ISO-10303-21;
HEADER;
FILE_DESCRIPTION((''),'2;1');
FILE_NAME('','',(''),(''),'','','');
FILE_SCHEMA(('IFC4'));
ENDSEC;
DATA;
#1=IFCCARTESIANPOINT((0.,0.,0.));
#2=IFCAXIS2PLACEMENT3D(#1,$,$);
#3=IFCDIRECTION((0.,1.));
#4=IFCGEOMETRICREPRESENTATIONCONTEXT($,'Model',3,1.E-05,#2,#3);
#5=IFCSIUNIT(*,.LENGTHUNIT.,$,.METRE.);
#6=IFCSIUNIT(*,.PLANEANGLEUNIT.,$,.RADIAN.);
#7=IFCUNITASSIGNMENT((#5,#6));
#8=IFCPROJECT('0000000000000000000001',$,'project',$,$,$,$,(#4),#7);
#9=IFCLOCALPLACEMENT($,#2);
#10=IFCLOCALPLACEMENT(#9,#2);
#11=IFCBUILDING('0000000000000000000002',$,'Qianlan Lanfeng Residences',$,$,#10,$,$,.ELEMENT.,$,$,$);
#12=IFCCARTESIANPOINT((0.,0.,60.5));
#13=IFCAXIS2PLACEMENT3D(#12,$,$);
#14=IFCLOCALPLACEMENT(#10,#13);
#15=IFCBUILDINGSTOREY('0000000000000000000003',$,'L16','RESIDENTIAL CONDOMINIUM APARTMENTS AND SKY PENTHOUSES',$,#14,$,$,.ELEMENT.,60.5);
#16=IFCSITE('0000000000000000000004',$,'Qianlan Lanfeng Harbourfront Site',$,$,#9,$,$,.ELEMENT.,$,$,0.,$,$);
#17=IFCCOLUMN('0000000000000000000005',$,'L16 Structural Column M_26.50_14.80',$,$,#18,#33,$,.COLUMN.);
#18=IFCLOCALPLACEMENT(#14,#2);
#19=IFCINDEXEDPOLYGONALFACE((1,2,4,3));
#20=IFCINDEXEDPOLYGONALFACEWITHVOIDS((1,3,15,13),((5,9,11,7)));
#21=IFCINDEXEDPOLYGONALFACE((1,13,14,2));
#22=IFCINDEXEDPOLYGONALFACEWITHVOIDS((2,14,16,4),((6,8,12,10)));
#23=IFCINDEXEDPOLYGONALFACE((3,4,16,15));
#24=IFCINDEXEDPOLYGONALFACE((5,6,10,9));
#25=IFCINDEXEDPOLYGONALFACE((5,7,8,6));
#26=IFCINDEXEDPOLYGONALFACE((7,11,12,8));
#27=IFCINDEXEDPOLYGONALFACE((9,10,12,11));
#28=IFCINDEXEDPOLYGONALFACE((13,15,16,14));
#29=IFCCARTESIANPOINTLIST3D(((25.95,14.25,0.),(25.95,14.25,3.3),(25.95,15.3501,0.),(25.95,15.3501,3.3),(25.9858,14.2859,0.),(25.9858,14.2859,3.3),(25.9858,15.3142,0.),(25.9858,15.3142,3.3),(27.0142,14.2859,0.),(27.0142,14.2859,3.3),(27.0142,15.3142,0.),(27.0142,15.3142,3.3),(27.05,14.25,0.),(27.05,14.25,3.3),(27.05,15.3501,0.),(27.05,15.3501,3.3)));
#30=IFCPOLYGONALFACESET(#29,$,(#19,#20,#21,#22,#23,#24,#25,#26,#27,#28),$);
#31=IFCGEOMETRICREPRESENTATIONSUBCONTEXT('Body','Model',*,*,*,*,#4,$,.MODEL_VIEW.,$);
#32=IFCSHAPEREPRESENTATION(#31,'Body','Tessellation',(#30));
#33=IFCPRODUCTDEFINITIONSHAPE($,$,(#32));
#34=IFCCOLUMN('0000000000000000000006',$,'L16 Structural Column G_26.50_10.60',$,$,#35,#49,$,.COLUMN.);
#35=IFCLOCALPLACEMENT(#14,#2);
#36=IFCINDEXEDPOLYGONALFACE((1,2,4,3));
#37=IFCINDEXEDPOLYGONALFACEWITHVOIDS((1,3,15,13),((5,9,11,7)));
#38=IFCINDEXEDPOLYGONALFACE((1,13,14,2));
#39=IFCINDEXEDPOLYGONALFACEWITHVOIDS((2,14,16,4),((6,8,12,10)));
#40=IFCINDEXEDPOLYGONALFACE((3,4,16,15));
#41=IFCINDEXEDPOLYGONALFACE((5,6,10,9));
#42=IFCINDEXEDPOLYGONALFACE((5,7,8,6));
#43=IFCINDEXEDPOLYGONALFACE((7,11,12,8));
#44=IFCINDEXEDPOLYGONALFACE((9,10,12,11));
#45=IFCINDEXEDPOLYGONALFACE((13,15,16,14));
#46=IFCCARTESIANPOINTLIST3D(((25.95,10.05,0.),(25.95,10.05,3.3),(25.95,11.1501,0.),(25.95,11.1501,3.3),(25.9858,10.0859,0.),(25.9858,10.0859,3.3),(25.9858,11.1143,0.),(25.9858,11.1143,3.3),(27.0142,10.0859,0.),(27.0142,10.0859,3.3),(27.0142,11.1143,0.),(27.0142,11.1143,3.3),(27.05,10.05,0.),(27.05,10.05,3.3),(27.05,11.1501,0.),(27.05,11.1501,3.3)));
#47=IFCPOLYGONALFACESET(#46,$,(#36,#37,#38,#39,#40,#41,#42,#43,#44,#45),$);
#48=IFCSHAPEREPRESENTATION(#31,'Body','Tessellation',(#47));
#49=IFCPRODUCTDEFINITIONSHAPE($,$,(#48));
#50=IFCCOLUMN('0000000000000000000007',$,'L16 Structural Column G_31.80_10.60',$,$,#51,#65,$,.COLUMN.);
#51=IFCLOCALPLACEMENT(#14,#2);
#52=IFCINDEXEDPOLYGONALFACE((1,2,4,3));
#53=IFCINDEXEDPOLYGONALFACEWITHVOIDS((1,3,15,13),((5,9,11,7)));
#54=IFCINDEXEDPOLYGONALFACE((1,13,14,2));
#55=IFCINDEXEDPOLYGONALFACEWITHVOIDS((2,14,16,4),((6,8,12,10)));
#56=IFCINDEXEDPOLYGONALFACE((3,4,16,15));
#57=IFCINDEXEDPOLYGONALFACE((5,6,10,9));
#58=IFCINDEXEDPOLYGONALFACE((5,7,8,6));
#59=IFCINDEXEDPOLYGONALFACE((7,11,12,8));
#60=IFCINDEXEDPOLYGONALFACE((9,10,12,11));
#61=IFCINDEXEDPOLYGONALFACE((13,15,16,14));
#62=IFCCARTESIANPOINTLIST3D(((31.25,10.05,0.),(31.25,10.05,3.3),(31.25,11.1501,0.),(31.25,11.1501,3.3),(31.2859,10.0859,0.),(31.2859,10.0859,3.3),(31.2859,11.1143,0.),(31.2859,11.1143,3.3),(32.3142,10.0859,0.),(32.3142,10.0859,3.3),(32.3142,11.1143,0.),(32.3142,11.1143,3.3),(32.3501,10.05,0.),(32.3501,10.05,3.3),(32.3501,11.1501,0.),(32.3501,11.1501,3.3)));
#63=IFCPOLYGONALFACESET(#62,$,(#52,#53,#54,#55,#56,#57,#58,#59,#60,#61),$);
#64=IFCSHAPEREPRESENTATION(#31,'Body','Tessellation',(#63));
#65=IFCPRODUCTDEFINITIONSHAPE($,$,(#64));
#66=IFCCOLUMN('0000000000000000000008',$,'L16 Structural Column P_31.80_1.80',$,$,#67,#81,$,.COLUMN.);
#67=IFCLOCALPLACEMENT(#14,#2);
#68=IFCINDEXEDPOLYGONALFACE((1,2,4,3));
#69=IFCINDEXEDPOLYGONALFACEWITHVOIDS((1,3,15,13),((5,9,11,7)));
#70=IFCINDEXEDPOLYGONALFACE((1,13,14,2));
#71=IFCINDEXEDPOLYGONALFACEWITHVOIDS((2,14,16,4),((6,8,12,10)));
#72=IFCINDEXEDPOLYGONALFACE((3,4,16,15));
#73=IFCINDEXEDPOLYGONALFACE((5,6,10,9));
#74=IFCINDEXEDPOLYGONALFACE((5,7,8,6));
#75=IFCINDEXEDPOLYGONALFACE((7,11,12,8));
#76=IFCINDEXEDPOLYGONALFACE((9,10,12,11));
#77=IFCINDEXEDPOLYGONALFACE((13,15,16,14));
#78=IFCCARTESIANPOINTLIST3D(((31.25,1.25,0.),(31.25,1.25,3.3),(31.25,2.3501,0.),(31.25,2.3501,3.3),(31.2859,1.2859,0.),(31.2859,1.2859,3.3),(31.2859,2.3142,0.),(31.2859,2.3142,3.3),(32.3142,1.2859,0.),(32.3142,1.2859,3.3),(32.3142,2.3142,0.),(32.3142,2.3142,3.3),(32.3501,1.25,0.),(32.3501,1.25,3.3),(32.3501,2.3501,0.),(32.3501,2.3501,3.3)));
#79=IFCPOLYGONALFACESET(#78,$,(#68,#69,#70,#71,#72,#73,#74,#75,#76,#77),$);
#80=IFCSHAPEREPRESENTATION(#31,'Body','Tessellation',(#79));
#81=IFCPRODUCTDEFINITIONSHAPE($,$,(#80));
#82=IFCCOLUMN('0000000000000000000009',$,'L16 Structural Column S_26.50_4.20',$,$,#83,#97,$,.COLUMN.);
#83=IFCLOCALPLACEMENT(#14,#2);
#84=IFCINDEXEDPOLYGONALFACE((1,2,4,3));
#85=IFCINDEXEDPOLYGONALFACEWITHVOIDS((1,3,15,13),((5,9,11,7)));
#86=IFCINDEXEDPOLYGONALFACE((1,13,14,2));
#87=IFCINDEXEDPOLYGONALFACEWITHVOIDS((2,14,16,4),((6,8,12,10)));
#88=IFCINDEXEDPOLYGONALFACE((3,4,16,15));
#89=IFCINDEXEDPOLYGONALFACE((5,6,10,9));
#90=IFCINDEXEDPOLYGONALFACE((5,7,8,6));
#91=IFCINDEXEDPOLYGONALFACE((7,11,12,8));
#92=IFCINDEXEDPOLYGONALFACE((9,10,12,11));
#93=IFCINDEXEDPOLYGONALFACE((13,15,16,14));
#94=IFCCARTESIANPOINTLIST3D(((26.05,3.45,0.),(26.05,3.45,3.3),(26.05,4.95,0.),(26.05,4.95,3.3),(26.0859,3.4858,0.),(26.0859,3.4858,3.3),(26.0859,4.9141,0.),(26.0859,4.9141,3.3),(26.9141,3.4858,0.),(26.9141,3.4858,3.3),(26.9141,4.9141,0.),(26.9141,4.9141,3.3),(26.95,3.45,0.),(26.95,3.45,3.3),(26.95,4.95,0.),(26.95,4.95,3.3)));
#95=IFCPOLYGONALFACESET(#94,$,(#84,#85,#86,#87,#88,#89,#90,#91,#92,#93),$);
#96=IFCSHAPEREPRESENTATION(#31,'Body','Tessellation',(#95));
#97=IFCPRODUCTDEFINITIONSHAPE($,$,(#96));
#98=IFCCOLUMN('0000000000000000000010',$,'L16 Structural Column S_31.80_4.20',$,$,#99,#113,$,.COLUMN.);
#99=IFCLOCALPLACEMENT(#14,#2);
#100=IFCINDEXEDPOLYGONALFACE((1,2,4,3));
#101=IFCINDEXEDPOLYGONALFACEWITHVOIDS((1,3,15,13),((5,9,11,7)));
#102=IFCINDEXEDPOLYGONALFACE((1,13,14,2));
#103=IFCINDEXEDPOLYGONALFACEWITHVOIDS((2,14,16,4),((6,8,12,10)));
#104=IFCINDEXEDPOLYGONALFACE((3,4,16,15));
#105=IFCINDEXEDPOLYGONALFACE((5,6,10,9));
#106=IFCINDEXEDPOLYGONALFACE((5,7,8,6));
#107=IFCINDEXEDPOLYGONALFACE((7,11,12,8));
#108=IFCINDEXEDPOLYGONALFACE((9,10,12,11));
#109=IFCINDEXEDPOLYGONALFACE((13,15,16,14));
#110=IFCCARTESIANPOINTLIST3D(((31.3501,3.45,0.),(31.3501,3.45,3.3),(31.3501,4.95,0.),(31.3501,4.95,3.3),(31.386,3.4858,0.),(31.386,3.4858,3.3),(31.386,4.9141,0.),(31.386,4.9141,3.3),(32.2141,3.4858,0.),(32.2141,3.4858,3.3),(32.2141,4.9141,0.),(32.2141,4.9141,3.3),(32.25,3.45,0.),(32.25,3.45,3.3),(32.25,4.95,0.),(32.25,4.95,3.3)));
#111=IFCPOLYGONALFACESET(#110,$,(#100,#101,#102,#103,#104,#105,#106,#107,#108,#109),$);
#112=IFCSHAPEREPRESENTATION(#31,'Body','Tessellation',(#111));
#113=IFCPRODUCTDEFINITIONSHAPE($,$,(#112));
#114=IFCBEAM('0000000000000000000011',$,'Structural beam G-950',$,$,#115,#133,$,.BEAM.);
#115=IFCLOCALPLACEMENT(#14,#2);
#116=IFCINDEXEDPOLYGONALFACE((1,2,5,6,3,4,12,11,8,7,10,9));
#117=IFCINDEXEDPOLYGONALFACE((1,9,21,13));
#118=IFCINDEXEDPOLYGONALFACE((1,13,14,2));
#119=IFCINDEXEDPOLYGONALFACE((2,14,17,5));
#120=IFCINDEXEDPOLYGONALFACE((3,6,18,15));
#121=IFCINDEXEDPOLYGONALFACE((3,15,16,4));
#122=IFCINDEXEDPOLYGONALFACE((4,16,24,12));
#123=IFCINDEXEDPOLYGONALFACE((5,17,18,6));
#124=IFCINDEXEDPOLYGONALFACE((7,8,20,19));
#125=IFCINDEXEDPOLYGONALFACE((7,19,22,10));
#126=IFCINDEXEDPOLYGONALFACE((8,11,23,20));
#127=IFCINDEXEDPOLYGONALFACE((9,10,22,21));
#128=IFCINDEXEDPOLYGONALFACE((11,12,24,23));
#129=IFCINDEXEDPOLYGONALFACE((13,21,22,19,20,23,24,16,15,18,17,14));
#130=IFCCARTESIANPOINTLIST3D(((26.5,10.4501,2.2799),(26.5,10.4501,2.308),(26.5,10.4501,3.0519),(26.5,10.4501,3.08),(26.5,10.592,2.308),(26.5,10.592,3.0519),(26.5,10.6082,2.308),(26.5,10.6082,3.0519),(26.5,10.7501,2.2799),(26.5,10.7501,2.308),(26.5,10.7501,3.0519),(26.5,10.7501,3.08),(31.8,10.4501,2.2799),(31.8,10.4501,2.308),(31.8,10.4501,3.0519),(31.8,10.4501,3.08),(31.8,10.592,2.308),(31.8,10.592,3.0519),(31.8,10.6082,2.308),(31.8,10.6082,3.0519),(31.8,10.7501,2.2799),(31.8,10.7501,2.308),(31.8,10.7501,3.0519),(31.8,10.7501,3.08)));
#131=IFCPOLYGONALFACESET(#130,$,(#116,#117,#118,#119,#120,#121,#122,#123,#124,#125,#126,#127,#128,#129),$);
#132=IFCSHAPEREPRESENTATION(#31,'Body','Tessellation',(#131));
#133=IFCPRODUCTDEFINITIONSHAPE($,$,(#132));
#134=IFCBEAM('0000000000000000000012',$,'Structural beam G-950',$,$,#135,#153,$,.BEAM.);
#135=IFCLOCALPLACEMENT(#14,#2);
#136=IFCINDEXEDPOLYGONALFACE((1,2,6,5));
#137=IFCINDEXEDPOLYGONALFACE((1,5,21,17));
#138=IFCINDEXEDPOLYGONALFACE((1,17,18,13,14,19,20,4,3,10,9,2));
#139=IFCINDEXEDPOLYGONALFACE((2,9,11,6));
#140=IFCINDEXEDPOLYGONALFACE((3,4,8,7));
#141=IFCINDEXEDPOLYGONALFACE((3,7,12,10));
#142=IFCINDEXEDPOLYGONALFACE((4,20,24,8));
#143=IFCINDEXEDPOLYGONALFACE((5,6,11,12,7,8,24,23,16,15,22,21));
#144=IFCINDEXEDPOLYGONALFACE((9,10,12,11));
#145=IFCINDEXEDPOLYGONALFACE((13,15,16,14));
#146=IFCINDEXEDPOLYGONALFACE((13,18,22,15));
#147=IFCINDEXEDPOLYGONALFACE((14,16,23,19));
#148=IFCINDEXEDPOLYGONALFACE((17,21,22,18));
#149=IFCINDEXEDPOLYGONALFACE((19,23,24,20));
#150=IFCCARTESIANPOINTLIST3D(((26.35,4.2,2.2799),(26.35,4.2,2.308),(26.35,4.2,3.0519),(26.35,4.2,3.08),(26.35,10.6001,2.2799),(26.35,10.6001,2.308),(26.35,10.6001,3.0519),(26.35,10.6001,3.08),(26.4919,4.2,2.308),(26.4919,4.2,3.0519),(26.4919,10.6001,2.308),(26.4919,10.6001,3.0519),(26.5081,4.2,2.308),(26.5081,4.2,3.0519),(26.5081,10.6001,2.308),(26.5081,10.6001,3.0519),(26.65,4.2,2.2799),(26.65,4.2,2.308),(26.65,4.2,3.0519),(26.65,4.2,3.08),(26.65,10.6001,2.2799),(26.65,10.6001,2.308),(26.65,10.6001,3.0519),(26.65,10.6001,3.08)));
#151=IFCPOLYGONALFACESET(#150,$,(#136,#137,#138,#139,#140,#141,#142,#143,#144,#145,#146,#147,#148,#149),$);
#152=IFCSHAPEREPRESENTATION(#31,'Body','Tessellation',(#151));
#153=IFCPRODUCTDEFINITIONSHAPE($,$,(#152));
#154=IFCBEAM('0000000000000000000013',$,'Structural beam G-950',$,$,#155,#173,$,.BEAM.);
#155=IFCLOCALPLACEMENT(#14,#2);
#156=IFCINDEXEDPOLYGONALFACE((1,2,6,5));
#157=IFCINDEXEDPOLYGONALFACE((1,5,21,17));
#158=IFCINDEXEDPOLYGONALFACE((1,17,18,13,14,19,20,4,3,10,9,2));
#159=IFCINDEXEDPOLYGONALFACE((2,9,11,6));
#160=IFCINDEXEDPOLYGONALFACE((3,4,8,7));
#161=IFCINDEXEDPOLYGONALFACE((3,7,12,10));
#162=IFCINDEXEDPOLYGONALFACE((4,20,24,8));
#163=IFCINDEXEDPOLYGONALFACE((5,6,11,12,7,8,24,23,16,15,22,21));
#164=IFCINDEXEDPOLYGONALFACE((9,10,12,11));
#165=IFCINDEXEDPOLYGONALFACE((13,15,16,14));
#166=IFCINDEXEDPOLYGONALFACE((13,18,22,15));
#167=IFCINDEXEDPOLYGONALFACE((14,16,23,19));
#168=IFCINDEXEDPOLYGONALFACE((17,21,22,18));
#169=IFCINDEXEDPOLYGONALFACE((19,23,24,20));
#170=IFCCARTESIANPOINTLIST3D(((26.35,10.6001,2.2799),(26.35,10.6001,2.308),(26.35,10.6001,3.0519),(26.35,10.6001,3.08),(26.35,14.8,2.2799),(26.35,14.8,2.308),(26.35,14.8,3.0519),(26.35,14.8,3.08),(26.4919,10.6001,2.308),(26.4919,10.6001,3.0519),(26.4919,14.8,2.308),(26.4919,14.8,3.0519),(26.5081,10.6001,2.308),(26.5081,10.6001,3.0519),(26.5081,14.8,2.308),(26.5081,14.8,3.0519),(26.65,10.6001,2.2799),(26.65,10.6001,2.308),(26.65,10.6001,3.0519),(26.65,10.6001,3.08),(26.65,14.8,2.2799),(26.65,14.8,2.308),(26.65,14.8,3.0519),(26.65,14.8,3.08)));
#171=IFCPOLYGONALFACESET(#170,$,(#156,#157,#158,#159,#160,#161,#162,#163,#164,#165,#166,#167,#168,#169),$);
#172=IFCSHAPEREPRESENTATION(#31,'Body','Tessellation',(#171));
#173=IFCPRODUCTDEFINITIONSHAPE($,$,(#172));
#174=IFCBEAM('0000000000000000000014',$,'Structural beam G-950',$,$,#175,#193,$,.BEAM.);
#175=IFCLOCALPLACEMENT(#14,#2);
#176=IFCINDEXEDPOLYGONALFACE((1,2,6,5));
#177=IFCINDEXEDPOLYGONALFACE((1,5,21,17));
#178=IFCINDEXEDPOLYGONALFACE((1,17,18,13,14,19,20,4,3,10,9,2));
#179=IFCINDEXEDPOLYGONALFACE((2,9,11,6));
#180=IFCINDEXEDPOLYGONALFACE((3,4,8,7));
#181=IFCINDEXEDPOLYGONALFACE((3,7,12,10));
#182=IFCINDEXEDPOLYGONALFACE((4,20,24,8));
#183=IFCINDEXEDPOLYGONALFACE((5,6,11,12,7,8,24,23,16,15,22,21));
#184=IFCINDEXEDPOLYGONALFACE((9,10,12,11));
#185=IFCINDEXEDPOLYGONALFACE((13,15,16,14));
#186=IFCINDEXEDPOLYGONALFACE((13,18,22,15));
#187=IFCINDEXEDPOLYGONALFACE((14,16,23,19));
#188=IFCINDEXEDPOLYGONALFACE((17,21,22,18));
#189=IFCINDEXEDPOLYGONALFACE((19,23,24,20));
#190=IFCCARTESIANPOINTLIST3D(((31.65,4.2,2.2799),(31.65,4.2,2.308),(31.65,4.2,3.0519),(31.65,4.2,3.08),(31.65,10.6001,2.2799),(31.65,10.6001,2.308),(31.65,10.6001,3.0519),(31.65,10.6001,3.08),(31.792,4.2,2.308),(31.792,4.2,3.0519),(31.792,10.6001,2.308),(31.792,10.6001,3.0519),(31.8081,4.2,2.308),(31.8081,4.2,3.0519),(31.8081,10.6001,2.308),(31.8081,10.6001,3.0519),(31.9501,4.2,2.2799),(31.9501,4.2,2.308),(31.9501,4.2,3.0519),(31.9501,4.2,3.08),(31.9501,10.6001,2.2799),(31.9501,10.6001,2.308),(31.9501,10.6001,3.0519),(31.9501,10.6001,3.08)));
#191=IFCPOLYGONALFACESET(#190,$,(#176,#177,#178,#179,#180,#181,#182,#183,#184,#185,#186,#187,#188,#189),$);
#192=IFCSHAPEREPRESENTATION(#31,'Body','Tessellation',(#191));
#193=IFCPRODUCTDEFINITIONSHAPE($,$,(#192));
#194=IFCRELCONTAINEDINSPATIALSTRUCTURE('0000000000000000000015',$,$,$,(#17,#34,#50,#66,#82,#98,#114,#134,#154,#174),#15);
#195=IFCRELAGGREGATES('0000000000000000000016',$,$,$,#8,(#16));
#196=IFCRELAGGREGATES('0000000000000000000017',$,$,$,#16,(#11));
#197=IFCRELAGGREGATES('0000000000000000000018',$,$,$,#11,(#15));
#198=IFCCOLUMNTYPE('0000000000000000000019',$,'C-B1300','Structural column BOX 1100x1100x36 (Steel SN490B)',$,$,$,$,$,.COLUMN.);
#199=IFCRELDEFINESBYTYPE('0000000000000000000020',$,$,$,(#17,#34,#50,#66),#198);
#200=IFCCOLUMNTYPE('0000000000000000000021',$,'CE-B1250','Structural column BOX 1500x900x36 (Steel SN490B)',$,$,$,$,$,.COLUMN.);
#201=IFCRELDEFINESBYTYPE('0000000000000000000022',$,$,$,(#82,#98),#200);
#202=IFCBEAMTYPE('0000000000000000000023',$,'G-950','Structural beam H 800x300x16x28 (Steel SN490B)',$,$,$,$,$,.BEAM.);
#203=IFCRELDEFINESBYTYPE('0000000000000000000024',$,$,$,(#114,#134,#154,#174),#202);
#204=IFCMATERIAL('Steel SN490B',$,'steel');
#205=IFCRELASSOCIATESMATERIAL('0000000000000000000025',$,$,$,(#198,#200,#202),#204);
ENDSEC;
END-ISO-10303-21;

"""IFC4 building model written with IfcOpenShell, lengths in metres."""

from ifc_helpers import new_model, si_unit, direction, frame, origin, origin_2d, place, context, subcontext, project, spatial, hollow_rectangle, i_section, extrude, material, material_profile, profile_set, type_object, element, save


model = new_model("IFC4")

# Units and contexts
model_context = context("Model", 3, precision=1e-05, world=origin(), true_north=direction((0.0, 1.0)))
body_context = subcontext(model_context, "Body", "Model", "MODEL_VIEW")
ifc_project = project(units=[si_unit("LENGTHUNIT", "METRE"), si_unit("PLANEANGLEUNIT", "RADIAN")], contexts=[model_context])

# Site, building, storey
site_placement = place(None, origin())
site = spatial("IfcSite", under=ifc_project, at=site_placement, Name="Qianlan Lanfeng Harbourfront Site", CompositionType="ELEMENT", RefElevation=0.0)
building_placement = place(site_placement, origin())
building = spatial("IfcBuilding", under=site, at=building_placement, Name="Qianlan Lanfeng Residences", CompositionType="ELEMENT")
storey_placement = place(building_placement, frame((0.0, 0.0, 60.5)))
storey = spatial("IfcBuildingStorey", under=building, at=storey_placement, Name="L16", Description="RESIDENTIAL CONDOMINIUM APARTMENTS AND SKY PENTHOUSES", CompositionType="ELEMENT", Elevation=60.5)

# Columns
ifc_material_1 = material(Name="Steel SN490B", Category="steel")
ifc_material_profile_1 = material_profile(ifc_material_1, hollow_rectangle(XDim=1.1001, YDim=1.1001, WallThickness=0.0359, at=origin_2d()), Name="BOX 1100x1100x36")
ifc_profile_set_1 = profile_set([ifc_material_profile_1], Name="Steel SN490B")
column_type_1 = type_object("IfcColumnType", Name="C-B1300", Description="Structural column BOX 1100x1100x36 (Steel SN490B)", PredefinedType="COLUMN", material=ifc_profile_set_1)
for number, where, z_axis, x_axis, name in (
    (1, (26.5, 14.8, 0.0), (0.0, 0.0, 1.0), (1.0, 0.0, 0.0), "L16 Structural Column M_26.50_14.80"),
    (2, (26.5, 10.6001, 0.0), (0.0, 0.0, 1.0), (1.0, 0.0, 0.0), "L16 Structural Column G_26.50_10.60"),
    (3, (31.8, 10.6001, 0.0), (0.0, 0.0, 1.0), (1.0, 0.0, 0.0), "L16 Structural Column G_31.80_10.60"),
    (4, (31.8, 1.8, 0.0), (0.0, 0.0, 1.0), (1.0, 0.0, 0.0), "L16 Structural Column P_31.80_1.80"),
):
    element("IfcColumn", number, at=place(storey_placement, frame(where, z_axis=z_axis, x_axis=x_axis)), inside=storey, type_object=column_type_1, Name=name, PredefinedType="COLUMN", context=body_context, shape_type="SweptSolid", body=[
        extrude(hollow_rectangle(XDim=1.1001, YDim=1.1001, WallThickness=0.0359, at=origin_2d()), origin(), (0.0, 0.0, 1.0), 3.3),
    ])
ifc_material_profile_2 = material_profile(ifc_material_1, hollow_rectangle(XDim=0.8999, YDim=1.5, WallThickness=0.0359, at=origin_2d()), Name="BOX 1500x900x36")
ifc_profile_set_2 = profile_set([ifc_material_profile_2], Name="Steel SN490B")
column_type_2 = type_object("IfcColumnType", Name="CE-B1250", Description="Structural column BOX 1500x900x36 (Steel SN490B)", PredefinedType="COLUMN", material=ifc_profile_set_2)
for number, where, z_axis, x_axis, name in (
    (5, (26.5, 4.2, 0.0), (0.0, 0.0, 1.0), (1.0, 0.0, 0.0), "L16 Structural Column S_26.50_4.20"),
    (6, (31.8, 4.2, 0.0), (0.0, 0.0, 1.0), (1.0, 0.0, 0.0), "L16 Structural Column S_31.80_4.20"),
):
    element("IfcColumn", number, at=place(storey_placement, frame(where, z_axis=z_axis, x_axis=x_axis)), inside=storey, type_object=column_type_2, Name=name, PredefinedType="COLUMN", context=body_context, shape_type="SweptSolid", body=[
        extrude(hollow_rectangle(XDim=0.8999, YDim=1.5, WallThickness=0.0359, at=origin_2d()), origin(), (0.0, 0.0, 1.0), 3.3),
    ])

# Beams
ifc_material_profile_3 = material_profile(ifc_material_1, i_section(OverallWidth=0.3, OverallDepth=0.8, WebThickness=0.0161, FlangeThickness=0.0281, at=origin_2d()), Name="H 800x300x16x28")
ifc_profile_set_3 = profile_set([ifc_material_profile_3], Name="Steel SN490B")
beam_type_1 = type_object("IfcBeamType", Name="G-950", Description="Structural beam H 800x300x16x28 (Steel SN490B)", PredefinedType="BEAM", material=ifc_profile_set_3)
beam_1_placement = place(storey_placement, frame((26.5, 10.6001, 2.6799), z_axis=(1.0, 0.0, 0.0), x_axis=(0.0, 1.0, 0.0)))
element("IfcBeam", 7, at=beam_1_placement, inside=storey, type_object=beam_type_1, Name="Structural beam G-950", PredefinedType="BEAM", context=body_context, shape_type="SweptSolid", body=[
    extrude(i_section(OverallWidth=0.3, OverallDepth=0.8, WebThickness=0.0161, FlangeThickness=0.0281, at=origin_2d()), origin(), (0.0, 0.0, 1.0), 5.3),
])
beam_2_placement = place(storey_placement, frame((26.5, 4.2, 2.6799), z_axis=(0.0, 1.0, 0.0), x_axis=(-1.0, 0.0, 0.0)))
element("IfcBeam", 8, at=beam_2_placement, inside=storey, type_object=beam_type_1, Name="Structural beam G-950", PredefinedType="BEAM", context=body_context, shape_type="SweptSolid", body=[
    extrude(i_section(OverallWidth=0.3, OverallDepth=0.8, WebThickness=0.0161, FlangeThickness=0.0281, at=origin_2d()), origin(), (0.0, 0.0, 1.0), 6.4001),
])
beam_3_placement = place(storey_placement, frame((26.5, 10.6001, 2.6799), z_axis=(0.0, 1.0, 0.0), x_axis=(-1.0, 0.0, 0.0)))
element("IfcBeam", 9, at=beam_3_placement, inside=storey, type_object=beam_type_1, Name="Structural beam G-950", PredefinedType="BEAM", context=body_context, shape_type="SweptSolid", body=[
    extrude(i_section(OverallWidth=0.3, OverallDepth=0.8, WebThickness=0.0161, FlangeThickness=0.0281, at=origin_2d()), origin(), (0.0, 0.0, 1.0), 4.2),
])
beam_4_placement = place(storey_placement, frame((31.8, 4.2, 2.6799), z_axis=(0.0, 1.0, 0.0), x_axis=(-1.0, 0.0, 0.0)))
element("IfcBeam", 10, at=beam_4_placement, inside=storey, type_object=beam_type_1, Name="Structural beam G-950", PredefinedType="BEAM", context=body_context, shape_type="SweptSolid", body=[
    extrude(i_section(OverallWidth=0.3, OverallDepth=0.8, WebThickness=0.0161, FlangeThickness=0.0281, at=origin_2d()), origin(), (0.0, 0.0, 1.0), 6.4001),
])

save(model, "model.ifc")
